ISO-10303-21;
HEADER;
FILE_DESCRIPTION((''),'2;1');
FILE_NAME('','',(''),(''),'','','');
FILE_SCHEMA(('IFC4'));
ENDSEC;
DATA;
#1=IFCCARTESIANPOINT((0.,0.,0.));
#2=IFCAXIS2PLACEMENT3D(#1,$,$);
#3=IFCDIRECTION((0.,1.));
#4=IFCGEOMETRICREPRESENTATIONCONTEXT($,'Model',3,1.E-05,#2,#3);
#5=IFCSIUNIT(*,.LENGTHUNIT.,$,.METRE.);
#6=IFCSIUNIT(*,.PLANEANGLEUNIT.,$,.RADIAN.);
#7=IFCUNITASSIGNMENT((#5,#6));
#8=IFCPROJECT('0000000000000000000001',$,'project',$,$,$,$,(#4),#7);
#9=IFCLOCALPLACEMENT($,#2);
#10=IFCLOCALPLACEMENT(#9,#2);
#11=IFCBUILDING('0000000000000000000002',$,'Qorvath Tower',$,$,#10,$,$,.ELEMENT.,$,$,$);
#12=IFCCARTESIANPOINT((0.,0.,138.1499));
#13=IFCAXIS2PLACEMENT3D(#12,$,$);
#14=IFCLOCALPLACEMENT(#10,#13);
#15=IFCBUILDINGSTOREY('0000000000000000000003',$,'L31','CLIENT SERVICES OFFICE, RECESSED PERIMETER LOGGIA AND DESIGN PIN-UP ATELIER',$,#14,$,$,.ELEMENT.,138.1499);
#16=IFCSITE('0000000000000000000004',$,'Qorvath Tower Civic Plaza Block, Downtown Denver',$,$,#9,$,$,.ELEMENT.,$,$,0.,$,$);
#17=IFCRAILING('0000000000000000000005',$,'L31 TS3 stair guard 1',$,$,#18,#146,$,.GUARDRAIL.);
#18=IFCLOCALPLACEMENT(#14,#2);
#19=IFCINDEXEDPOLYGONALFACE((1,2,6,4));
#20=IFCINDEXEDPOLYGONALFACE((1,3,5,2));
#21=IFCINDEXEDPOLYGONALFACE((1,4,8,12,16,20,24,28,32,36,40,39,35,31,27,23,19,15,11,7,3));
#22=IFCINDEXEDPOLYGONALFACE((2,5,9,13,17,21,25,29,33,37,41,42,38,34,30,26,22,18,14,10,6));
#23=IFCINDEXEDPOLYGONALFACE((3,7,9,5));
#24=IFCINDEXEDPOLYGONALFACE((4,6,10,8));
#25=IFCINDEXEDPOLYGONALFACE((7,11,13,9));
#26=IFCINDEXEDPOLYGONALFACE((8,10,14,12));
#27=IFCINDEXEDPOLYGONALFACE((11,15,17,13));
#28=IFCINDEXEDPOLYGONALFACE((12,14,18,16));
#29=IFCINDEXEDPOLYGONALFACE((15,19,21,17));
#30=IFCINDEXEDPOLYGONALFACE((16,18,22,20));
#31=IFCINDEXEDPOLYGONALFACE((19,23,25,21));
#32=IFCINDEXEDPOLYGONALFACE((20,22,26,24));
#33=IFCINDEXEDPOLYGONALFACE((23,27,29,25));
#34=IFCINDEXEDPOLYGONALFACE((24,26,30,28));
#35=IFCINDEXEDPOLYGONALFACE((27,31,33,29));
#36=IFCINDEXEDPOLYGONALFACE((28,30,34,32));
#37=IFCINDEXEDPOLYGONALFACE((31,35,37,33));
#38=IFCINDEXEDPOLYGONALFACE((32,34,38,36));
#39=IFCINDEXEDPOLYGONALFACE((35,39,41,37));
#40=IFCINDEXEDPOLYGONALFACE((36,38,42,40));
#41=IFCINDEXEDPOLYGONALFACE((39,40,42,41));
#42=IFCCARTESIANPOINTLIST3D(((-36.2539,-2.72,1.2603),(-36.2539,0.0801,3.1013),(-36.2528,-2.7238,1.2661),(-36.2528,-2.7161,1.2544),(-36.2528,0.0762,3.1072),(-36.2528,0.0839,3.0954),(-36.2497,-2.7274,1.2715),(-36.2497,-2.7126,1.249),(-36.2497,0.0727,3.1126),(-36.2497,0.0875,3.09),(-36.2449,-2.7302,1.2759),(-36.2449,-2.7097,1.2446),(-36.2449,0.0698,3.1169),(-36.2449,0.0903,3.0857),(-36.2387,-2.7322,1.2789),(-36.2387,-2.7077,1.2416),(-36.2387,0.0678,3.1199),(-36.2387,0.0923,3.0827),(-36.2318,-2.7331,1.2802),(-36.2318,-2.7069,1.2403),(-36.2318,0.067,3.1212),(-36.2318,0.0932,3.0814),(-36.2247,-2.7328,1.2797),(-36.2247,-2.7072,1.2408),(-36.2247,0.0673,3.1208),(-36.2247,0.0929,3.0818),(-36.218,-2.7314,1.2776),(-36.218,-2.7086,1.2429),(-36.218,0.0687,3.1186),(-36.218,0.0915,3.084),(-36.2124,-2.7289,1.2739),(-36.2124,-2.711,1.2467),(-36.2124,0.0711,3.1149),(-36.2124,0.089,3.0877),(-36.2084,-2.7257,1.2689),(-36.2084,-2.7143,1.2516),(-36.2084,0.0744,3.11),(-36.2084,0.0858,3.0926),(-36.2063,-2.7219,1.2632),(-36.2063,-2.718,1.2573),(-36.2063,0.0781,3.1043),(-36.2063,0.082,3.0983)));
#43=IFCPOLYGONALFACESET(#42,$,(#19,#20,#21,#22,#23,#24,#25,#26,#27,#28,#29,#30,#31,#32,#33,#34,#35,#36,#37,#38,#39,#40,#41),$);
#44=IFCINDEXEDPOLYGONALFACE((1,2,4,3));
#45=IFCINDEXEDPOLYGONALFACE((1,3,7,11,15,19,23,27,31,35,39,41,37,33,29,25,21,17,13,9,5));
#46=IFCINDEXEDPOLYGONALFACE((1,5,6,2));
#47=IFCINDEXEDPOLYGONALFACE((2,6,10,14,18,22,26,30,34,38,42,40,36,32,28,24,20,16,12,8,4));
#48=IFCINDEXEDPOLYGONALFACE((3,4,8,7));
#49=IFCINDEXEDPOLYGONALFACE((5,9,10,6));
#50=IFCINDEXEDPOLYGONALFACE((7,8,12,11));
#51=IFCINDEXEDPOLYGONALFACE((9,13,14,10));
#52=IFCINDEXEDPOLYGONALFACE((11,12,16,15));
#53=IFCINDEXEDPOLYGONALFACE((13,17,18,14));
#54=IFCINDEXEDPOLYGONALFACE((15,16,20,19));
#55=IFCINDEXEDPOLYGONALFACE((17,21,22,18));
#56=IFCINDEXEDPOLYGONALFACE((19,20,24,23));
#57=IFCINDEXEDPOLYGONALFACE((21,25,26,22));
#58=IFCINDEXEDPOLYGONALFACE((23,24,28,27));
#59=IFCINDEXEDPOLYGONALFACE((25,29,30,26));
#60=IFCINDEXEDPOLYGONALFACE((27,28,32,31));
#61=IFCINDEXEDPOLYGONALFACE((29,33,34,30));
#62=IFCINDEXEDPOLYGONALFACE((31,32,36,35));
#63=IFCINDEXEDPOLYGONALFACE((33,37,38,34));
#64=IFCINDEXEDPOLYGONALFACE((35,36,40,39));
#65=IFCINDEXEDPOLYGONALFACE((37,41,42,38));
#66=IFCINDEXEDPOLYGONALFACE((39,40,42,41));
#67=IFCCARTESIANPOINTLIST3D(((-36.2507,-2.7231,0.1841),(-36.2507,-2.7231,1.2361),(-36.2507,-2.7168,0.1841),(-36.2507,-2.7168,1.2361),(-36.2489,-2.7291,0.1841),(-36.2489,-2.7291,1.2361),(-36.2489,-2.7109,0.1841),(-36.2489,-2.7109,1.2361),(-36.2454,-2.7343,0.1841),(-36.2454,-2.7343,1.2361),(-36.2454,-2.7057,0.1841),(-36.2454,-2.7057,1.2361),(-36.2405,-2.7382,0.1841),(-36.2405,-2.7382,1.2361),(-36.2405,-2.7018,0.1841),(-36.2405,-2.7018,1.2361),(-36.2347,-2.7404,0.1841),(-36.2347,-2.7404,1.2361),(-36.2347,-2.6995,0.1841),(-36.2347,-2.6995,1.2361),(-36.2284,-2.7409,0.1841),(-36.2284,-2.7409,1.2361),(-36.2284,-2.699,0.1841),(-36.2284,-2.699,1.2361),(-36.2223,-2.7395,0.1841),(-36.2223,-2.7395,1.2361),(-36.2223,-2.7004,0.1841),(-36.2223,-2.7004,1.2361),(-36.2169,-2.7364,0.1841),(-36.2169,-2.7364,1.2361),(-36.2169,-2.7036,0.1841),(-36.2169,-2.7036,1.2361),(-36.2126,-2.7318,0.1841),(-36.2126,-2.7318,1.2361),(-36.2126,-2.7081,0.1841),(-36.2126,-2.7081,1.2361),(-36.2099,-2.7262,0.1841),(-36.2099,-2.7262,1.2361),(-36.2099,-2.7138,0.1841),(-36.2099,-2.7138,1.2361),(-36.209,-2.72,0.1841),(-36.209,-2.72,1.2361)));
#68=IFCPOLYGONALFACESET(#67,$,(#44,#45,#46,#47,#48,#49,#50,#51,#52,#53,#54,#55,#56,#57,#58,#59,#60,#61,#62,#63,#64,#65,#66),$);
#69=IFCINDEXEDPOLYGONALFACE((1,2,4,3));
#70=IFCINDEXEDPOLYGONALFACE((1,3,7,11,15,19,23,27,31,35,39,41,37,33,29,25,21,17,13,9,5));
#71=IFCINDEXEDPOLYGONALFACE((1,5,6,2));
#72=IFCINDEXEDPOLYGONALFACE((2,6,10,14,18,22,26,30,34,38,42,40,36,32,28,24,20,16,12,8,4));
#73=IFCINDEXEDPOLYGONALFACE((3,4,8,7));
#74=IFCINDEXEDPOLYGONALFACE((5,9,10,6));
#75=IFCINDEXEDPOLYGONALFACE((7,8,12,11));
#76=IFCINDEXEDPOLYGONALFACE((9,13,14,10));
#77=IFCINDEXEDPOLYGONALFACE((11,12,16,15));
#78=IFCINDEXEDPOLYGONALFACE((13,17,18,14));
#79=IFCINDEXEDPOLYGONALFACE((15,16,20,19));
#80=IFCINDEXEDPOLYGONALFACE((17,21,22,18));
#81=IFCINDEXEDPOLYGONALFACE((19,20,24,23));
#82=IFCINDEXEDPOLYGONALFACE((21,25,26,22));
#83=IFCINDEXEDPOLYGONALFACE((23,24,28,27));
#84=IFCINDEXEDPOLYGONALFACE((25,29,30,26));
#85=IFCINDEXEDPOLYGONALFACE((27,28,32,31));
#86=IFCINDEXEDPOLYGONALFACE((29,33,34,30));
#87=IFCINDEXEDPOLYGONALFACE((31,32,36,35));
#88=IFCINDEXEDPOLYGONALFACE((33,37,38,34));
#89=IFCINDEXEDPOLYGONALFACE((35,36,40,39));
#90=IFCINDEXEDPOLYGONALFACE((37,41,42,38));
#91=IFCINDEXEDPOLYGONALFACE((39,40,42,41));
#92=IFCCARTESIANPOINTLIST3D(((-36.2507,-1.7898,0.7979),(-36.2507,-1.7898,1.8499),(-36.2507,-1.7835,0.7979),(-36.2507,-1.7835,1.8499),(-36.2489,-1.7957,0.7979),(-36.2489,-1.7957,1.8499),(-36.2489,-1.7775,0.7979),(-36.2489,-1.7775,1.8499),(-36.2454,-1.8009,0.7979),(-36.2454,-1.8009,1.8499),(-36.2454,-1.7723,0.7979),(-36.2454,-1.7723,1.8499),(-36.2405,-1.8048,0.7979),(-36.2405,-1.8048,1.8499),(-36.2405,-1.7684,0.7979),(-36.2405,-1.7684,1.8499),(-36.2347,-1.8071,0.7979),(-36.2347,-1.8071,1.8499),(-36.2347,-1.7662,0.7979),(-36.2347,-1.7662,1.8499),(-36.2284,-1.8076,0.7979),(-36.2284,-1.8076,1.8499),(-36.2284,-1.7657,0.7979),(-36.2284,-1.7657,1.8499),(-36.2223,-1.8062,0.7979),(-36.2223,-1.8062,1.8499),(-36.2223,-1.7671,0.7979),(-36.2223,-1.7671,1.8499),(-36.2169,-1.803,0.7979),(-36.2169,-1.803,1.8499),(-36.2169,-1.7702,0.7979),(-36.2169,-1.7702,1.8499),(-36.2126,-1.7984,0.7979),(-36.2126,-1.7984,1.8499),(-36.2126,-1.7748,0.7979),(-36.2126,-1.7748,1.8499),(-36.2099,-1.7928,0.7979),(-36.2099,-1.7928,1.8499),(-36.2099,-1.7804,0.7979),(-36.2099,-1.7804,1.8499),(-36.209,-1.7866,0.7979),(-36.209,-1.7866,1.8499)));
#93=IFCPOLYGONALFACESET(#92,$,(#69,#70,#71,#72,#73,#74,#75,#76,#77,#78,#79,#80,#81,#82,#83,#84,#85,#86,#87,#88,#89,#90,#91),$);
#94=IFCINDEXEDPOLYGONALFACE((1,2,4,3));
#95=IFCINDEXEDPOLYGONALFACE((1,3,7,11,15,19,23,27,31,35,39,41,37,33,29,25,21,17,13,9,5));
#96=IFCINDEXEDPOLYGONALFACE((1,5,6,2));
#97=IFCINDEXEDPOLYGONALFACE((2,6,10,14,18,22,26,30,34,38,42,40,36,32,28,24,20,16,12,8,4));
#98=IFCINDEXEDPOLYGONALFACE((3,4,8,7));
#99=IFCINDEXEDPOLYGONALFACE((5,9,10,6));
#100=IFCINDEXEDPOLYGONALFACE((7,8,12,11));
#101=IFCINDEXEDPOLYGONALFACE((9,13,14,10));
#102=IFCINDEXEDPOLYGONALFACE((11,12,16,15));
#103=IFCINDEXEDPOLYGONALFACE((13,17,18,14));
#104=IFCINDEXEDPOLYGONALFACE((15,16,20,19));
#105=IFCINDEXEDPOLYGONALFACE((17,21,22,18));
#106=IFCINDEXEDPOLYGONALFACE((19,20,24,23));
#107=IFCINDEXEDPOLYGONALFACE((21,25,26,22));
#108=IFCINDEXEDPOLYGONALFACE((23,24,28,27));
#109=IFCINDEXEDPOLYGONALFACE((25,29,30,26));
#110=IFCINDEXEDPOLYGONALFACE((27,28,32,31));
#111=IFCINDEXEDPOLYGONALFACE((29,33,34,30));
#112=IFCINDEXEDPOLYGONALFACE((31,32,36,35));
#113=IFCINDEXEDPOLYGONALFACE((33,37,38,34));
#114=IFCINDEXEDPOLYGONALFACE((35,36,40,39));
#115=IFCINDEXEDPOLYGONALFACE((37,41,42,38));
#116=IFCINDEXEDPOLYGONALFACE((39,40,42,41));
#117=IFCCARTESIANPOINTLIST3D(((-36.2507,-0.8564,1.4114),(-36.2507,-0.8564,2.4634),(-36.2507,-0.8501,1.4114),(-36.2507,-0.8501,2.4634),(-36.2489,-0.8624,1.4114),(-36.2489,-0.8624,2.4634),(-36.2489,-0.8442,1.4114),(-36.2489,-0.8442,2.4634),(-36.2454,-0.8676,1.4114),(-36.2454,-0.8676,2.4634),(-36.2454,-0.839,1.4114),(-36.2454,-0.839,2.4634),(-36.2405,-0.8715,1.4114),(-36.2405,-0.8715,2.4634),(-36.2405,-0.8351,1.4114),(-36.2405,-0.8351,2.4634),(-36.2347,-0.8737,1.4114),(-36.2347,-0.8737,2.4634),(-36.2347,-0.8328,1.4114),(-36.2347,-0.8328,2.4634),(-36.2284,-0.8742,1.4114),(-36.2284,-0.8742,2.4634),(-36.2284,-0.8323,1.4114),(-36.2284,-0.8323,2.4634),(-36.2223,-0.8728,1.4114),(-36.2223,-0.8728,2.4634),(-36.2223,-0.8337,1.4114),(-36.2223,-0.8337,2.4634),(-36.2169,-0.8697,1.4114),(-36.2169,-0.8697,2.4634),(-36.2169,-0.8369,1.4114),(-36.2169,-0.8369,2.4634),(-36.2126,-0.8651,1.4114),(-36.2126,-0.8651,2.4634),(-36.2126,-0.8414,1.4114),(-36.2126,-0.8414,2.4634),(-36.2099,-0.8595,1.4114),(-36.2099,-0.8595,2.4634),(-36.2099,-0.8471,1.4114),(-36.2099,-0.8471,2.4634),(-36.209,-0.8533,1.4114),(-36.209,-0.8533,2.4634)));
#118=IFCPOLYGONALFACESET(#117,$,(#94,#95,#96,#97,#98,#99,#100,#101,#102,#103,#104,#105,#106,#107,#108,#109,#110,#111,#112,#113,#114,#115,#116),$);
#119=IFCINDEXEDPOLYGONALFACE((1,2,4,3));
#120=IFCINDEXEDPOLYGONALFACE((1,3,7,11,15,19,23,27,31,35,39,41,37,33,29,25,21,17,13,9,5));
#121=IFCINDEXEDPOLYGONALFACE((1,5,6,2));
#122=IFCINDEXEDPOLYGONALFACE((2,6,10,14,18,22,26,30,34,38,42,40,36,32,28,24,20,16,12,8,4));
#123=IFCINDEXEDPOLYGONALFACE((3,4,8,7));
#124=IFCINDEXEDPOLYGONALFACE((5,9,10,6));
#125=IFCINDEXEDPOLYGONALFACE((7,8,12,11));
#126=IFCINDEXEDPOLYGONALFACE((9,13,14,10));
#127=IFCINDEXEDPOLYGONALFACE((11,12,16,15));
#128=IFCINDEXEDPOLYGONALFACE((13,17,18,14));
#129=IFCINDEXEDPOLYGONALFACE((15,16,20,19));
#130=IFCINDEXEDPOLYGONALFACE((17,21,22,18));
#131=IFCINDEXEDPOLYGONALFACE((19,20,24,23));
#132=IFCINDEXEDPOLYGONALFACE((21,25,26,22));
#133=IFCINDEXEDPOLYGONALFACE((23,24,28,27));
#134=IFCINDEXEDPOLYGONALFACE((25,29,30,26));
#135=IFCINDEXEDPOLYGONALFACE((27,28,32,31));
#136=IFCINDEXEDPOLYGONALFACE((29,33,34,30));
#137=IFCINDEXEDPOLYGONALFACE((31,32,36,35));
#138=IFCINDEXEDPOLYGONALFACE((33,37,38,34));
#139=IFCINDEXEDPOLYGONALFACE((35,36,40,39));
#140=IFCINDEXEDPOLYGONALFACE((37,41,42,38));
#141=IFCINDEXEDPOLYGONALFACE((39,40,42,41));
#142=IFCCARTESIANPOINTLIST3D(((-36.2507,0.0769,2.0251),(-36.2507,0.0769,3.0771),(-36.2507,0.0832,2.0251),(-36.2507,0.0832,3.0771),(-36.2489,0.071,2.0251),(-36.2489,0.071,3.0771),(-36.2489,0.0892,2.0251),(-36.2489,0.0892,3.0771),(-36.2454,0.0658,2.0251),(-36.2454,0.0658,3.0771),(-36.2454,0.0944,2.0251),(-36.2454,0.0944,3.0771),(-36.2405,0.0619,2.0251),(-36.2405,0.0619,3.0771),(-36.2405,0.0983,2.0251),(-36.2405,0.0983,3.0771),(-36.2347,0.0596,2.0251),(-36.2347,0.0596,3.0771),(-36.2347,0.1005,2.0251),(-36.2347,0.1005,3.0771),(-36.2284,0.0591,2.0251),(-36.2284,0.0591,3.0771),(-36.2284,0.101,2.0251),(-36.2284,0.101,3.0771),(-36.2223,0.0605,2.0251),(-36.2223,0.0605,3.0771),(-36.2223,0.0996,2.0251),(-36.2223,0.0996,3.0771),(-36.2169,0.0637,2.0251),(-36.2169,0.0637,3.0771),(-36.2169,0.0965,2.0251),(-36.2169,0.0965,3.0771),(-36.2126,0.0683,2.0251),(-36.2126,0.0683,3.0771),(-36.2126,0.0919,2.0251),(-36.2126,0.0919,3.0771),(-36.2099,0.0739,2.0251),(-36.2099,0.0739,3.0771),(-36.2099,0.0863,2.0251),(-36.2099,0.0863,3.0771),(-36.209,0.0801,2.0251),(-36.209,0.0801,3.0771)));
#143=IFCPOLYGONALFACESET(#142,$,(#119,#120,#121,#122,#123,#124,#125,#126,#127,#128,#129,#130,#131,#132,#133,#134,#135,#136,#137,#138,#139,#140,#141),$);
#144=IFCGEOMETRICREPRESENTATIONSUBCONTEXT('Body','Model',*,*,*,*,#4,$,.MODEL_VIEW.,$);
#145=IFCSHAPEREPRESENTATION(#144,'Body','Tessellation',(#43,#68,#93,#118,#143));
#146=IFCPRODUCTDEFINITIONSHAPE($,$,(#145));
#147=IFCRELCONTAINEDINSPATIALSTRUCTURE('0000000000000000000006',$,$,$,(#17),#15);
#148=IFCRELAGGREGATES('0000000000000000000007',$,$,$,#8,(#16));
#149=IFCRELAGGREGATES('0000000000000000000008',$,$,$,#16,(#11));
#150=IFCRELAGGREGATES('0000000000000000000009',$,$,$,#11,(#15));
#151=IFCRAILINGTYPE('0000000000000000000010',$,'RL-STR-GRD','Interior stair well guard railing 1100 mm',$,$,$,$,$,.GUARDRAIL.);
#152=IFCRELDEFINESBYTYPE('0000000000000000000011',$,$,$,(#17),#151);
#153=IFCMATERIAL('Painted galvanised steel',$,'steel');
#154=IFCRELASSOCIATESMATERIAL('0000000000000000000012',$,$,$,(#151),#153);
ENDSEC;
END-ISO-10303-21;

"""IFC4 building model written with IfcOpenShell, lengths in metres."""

from ifc_helpers import new_model, si_unit, direction, frame, origin, origin_2d, place, context, subcontext, project, spatial, circle, extrude, material, type_object, element, save


model = new_model("IFC4")

# Units and contexts
model_context = context("Model", 3, precision=1e-05, world=origin(), true_north=direction((0.0, 1.0)))
body_context = subcontext(model_context, "Body", "Model", "MODEL_VIEW")
ifc_project = project(units=[si_unit("LENGTHUNIT", "METRE"), si_unit("PLANEANGLEUNIT", "RADIAN")], contexts=[model_context])

# Site, building, storey
site_placement = place(None, origin())
site = spatial("IfcSite", under=ifc_project, at=site_placement, Name="Qorvath Tower Civic Plaza Block, Downtown Denver", CompositionType="ELEMENT", RefElevation=0.0)
building_placement = place(site_placement, origin())
building = spatial("IfcBuilding", under=site, at=building_placement, Name="Qorvath Tower", CompositionType="ELEMENT")
storey_placement = place(building_placement, frame((0.0, 0.0, 138.1499)))
storey = spatial("IfcBuildingStorey", under=building, at=storey_placement, Name="L31", Description="CLIENT SERVICES OFFICE, RECESSED PERIMETER LOGGIA AND DESIGN PIN-UP ATELIER", CompositionType="ELEMENT", Elevation=138.1499)

# Railing
ifc_material_1 = material(Name="Painted galvanised steel", Category="steel")
railing_type_1 = type_object("IfcRailingType", Name="RL-STR-GRD", Description="Interior stair well guard railing 1100 mm", PredefinedType="GUARDRAIL", material=ifc_material_1)
railing_1_placement = place(storey_placement, frame((-36.23, -2.72, 0.1841)))
element("IfcRailing", 1, at=railing_1_placement, inside=storey, type_object=railing_type_1, Name="L31 TS3 stair guard 1", PredefinedType="GUARDRAIL", context=body_context, shape_type="SweptSolid", body=[
    extrude(circle(Radius=0.0239, at=origin_2d()), frame((0.0, 0.0, 1.0762), z_axis=(0.0, 0.835564, 0.549393), x_axis=(-1.0, 0.0, 0.0)), (0.0, 0.0, 1.0), 3.3511),
    extrude(circle(Radius=0.021, at=origin_2d()), origin(), (0.0, 0.0, 1.0), 1.052),
    extrude(circle(Radius=0.021, at=origin_2d()), frame((0.0, 0.9333, 0.6138)), (0.0, 0.0, 1.0), 1.052),
    extrude(circle(Radius=0.021, at=origin_2d()), frame((0.0, 1.8667, 1.2273)), (0.0, 0.0, 1.0), 1.052),
    extrude(circle(Radius=0.021, at=origin_2d()), frame((0.0, 2.8, 1.8411)), (0.0, 0.0, 1.0), 1.052),
])

save(model, "model.ifc")
